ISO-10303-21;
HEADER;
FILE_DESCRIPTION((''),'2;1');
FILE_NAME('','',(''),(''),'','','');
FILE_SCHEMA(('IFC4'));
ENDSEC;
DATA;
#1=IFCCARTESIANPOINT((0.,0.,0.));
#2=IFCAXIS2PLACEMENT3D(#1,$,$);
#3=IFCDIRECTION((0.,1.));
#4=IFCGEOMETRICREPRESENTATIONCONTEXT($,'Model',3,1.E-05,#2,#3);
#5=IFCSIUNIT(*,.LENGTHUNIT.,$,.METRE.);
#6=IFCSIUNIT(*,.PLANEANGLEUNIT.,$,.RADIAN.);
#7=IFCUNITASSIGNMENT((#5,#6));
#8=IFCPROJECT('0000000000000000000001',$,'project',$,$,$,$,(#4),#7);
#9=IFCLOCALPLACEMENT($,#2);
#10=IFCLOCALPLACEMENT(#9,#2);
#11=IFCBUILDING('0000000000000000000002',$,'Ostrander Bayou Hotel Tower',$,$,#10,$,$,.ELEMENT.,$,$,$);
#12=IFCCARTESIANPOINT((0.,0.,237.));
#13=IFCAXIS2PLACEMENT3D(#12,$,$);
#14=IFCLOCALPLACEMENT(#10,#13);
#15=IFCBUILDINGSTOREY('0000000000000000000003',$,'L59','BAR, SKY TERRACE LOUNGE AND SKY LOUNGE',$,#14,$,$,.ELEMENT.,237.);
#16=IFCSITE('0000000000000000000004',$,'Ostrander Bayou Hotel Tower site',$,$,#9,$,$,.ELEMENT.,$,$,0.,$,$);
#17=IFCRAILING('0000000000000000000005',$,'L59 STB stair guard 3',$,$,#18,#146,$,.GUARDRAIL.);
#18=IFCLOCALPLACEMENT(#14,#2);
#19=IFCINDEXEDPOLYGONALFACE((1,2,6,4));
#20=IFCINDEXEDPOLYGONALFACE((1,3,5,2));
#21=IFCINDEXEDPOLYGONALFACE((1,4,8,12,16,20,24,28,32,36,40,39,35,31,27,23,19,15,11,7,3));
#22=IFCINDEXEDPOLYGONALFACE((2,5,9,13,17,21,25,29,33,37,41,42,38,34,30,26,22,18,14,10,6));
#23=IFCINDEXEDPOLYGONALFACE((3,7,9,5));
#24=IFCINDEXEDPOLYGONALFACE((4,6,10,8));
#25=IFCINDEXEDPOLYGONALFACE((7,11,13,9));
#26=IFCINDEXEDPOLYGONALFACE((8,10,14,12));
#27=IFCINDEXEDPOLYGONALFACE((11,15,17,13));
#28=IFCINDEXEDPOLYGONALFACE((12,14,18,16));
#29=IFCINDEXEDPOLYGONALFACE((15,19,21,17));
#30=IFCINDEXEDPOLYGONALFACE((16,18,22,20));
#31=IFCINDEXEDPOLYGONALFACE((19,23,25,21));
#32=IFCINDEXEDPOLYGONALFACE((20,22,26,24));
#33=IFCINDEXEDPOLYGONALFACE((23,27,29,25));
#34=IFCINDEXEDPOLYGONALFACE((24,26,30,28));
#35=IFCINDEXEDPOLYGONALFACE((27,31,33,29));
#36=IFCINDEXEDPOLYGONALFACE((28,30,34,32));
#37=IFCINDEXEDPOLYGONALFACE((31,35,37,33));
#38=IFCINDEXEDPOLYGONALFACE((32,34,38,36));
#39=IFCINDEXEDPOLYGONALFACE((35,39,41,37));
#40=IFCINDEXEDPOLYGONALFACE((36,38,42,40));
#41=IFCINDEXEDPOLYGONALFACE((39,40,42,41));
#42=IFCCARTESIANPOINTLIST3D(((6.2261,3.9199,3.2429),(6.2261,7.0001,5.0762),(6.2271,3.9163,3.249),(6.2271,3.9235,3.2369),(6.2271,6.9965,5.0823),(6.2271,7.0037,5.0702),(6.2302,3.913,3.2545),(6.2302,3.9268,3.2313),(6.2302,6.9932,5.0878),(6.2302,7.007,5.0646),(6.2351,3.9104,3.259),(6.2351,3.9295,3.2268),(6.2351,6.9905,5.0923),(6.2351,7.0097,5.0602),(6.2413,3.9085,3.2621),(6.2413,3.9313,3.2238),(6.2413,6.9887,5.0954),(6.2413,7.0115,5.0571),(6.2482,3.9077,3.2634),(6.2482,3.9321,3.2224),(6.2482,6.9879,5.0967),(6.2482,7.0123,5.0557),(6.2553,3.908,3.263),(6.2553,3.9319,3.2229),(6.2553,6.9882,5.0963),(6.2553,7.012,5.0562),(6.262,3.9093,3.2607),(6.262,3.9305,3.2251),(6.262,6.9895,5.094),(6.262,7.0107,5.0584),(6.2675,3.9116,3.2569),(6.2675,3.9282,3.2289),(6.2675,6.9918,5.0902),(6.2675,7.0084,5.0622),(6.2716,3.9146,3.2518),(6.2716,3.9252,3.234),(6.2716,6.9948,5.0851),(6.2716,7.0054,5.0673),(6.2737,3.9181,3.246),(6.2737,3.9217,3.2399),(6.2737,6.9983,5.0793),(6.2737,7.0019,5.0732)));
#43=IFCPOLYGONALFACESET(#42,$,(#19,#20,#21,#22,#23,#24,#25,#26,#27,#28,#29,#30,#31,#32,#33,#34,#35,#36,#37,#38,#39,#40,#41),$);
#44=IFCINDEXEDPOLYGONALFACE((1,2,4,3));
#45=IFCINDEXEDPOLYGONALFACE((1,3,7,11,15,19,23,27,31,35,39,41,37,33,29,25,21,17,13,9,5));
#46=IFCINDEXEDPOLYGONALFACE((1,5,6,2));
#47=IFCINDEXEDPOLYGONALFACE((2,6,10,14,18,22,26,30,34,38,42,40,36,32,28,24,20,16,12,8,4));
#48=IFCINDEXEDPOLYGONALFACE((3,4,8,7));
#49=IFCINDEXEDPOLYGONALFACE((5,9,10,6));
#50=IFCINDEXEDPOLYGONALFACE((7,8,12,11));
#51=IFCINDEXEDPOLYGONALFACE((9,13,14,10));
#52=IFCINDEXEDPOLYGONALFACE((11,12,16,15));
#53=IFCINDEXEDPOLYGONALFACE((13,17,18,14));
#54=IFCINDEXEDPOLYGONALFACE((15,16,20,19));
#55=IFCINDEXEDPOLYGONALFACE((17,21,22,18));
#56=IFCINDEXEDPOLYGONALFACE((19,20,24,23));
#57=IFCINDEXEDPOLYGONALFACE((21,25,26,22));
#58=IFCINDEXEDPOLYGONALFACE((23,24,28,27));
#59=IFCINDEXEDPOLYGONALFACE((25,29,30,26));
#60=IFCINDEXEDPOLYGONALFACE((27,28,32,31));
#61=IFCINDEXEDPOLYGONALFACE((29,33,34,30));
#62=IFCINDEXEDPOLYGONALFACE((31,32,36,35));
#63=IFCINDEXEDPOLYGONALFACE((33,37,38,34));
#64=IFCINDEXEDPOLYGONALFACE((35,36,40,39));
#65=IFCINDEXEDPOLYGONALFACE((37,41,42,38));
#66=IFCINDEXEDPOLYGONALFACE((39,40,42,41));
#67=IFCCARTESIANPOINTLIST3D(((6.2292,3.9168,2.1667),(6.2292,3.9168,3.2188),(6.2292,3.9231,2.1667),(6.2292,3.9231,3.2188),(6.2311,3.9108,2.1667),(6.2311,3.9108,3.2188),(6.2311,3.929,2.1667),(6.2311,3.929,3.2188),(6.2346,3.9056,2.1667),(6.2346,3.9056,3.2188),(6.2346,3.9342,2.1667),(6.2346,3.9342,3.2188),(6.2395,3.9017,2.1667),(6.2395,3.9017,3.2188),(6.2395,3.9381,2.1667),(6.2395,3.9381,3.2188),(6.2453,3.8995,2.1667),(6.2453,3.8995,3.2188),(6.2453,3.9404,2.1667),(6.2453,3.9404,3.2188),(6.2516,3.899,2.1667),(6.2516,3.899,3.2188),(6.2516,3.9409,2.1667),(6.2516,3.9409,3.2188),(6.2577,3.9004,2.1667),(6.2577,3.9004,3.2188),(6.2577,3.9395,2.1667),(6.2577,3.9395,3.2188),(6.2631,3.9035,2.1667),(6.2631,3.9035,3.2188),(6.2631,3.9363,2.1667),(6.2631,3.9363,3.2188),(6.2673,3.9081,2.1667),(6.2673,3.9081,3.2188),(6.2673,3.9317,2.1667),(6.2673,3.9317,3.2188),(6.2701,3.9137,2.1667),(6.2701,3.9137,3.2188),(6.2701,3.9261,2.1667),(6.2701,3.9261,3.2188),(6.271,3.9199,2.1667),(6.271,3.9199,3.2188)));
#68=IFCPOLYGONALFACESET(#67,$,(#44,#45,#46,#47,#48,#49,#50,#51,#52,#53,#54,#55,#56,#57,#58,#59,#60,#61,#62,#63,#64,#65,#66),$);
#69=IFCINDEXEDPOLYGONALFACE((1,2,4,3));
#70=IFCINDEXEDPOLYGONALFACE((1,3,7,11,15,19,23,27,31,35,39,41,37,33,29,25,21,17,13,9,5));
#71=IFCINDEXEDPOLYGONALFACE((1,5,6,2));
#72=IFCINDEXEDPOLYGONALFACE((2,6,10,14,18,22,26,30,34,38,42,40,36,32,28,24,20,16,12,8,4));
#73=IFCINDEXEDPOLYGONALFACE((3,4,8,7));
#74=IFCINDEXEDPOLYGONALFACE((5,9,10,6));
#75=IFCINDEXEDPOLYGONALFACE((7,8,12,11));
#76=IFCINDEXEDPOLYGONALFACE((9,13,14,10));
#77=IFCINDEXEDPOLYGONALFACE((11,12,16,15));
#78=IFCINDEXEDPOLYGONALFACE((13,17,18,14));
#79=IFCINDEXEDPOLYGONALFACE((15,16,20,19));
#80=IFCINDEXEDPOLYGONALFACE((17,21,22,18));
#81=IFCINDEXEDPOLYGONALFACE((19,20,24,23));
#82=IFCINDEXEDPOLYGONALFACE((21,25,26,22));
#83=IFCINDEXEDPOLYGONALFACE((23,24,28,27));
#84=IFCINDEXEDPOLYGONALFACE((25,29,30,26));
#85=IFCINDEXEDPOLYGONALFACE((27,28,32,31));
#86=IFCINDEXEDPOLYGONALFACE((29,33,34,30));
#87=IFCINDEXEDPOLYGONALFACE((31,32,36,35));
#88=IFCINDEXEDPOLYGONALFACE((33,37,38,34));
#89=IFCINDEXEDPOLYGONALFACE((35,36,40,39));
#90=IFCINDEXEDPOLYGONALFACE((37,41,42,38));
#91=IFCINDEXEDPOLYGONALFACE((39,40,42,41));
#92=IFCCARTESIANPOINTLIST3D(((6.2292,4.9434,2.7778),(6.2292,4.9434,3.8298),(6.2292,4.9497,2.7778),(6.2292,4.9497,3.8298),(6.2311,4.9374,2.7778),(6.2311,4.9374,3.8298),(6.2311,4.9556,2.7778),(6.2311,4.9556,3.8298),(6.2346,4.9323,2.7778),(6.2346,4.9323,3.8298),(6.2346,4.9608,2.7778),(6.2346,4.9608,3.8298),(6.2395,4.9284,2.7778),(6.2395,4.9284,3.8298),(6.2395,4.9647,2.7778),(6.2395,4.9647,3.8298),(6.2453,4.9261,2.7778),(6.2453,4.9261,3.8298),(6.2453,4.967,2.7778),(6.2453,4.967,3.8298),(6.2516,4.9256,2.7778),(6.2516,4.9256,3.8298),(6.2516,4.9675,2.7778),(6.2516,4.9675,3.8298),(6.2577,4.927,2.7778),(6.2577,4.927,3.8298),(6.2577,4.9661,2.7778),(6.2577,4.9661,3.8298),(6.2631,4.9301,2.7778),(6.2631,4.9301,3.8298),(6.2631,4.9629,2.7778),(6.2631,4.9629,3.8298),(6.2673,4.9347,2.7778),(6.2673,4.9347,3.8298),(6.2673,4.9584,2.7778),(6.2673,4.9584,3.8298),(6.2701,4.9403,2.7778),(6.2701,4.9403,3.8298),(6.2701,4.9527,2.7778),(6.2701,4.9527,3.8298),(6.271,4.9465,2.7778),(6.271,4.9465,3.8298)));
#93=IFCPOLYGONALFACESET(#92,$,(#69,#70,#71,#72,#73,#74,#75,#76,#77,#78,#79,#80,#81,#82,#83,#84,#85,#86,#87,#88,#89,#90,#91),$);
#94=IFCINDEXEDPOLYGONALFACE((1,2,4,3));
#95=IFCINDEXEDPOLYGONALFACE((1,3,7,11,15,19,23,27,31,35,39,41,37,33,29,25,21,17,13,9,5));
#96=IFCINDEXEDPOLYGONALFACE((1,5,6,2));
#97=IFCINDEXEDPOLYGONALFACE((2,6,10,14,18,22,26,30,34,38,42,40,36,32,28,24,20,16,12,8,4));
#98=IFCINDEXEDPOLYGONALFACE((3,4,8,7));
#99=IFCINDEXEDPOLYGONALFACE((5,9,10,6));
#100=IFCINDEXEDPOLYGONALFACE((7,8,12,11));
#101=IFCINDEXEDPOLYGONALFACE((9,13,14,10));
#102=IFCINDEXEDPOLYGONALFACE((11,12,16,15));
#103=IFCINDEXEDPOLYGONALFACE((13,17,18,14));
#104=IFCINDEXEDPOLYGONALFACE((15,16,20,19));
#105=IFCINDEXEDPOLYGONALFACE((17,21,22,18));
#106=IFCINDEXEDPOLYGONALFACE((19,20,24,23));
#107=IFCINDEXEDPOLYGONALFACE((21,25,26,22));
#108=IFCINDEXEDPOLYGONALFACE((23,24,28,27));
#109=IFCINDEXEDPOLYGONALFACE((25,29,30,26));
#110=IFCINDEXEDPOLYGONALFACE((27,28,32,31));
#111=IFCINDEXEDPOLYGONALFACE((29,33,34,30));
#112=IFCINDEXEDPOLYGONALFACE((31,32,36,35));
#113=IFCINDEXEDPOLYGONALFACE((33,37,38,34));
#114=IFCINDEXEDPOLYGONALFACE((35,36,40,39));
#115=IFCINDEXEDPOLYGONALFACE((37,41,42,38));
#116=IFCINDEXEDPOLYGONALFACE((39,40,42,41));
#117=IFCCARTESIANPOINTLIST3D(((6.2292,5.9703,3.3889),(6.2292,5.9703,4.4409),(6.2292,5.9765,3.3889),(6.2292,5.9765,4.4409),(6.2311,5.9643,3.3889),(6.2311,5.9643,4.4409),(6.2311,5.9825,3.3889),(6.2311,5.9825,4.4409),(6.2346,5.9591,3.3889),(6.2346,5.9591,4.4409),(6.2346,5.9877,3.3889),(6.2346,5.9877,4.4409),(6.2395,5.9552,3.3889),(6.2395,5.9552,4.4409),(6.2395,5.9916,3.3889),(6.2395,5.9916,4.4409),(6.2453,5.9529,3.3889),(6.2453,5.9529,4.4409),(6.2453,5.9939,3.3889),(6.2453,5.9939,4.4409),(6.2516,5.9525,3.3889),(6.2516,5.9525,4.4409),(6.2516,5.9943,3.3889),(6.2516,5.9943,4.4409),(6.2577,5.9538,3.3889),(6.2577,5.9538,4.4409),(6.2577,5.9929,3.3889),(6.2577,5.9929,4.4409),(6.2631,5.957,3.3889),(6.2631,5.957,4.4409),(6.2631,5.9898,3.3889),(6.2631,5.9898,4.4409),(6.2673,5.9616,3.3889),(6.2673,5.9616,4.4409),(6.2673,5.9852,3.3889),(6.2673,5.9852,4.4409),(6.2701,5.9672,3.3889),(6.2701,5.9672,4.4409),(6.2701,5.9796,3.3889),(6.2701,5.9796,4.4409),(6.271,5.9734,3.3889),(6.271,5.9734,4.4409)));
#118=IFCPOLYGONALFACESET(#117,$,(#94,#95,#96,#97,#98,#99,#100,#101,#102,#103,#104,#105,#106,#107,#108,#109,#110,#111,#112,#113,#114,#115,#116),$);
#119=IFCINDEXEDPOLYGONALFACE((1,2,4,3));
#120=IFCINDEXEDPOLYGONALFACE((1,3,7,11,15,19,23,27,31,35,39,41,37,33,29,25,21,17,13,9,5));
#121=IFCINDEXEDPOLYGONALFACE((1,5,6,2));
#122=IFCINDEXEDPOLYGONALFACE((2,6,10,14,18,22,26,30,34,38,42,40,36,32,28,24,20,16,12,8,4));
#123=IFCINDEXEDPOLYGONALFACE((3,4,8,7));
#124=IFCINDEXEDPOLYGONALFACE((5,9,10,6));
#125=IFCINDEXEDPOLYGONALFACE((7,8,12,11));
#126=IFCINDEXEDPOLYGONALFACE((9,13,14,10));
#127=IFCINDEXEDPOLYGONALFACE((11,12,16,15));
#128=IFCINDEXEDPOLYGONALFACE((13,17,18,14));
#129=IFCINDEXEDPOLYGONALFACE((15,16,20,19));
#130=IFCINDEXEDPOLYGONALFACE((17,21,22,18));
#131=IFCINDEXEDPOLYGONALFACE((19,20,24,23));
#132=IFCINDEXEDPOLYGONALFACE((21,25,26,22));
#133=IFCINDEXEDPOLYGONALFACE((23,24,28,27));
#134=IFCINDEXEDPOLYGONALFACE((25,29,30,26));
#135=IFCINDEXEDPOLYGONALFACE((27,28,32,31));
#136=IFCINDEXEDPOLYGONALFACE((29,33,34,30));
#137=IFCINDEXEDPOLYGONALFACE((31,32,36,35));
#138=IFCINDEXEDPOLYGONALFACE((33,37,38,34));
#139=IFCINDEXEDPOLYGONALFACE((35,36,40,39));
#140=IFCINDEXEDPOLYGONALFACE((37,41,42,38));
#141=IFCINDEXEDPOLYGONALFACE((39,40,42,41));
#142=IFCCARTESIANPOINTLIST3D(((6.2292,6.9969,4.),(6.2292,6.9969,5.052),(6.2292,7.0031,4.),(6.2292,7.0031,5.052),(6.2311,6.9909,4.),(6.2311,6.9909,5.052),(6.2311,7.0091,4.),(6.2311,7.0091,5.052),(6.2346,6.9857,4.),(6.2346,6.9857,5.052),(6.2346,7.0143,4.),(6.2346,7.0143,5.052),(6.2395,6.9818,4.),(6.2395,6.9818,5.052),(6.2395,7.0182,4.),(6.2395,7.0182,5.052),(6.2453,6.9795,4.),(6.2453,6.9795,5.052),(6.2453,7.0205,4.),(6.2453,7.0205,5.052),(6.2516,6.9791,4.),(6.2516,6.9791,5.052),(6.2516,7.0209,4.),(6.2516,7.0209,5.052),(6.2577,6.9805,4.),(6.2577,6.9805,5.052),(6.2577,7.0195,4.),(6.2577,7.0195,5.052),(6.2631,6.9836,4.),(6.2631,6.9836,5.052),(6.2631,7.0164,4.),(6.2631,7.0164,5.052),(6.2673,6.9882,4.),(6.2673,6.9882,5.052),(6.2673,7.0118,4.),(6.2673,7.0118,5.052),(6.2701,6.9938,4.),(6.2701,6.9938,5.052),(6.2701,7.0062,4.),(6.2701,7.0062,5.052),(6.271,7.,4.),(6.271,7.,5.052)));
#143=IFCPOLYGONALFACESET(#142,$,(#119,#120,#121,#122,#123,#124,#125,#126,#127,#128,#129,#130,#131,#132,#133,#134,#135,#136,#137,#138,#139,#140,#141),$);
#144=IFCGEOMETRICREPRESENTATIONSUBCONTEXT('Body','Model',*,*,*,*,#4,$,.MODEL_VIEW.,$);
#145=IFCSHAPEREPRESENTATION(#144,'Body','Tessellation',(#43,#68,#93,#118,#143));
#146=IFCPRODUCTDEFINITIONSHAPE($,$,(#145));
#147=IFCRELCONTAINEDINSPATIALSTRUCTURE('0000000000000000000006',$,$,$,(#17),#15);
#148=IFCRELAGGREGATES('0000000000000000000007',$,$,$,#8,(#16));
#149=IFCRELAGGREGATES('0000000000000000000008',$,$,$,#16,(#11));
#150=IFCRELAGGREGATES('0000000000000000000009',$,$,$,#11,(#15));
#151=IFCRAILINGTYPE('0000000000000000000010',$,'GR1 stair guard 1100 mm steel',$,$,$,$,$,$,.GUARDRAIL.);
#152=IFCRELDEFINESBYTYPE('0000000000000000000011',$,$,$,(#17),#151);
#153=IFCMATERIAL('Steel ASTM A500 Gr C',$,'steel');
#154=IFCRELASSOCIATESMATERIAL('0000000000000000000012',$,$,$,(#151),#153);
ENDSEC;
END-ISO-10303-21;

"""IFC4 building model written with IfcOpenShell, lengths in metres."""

from ifc_helpers import new_model, si_unit, direction, frame, origin, origin_2d, place, context, subcontext, project, spatial, circle, extrude, material, type_object, element, save


model = new_model("IFC4")

# Units and contexts
model_context = context("Model", 3, precision=1e-05, world=origin(), true_north=direction((0.0, 1.0)))
body_context = subcontext(model_context, "Body", "Model", "MODEL_VIEW")
ifc_project = project(units=[si_unit("LENGTHUNIT", "METRE"), si_unit("PLANEANGLEUNIT", "RADIAN")], contexts=[model_context])

# Site, building, storey
site_placement = place(None, origin())
site = spatial("IfcSite", under=ifc_project, at=site_placement, Name="Ostrander Bayou Hotel Tower site", CompositionType="ELEMENT", RefElevation=0.0)
building_placement = place(site_placement, origin())
building = spatial("IfcBuilding", under=site, at=building_placement, Name="Ostrander Bayou Hotel Tower", CompositionType="ELEMENT")
storey_placement = place(building_placement, frame((0.0, 0.0, 237.0)))
storey = spatial("IfcBuildingStorey", under=building, at=storey_placement, Name="L59", Description="BAR, SKY TERRACE LOUNGE AND SKY LOUNGE", CompositionType="ELEMENT", Elevation=237.0)

# Railing
ifc_material_1 = material(Name="Steel ASTM A500 Gr C", Category="steel")
railing_type_1 = type_object("IfcRailingType", Name="GR1 stair guard 1100 mm steel", PredefinedType="GUARDRAIL", material=ifc_material_1)
railing_1_placement = place(storey_placement, frame((6.25, 3.9199, 2.1667)))
element("IfcRailing", 1, at=railing_1_placement, inside=storey, type_object=railing_type_1, Name="L59 STB stair guard 3", PredefinedType="GUARDRAIL", context=body_context, shape_type="SweptSolid", body=[
    extrude(circle(Radius=0.0239, at=origin_2d()), frame((0.0, 0.0, 1.0762), z_axis=(0.0, 0.859309, 0.511458), x_axis=(-1.0, 0.0, 0.0)), (0.0, 0.0, 1.0), 3.5845),
    extrude(circle(Radius=0.021, at=origin_2d()), origin(), (0.0, 0.0, 1.0), 1.052),
    extrude(circle(Radius=0.021, at=origin_2d()), frame((0.0, 1.0266, 0.6111)), (0.0, 0.0, 1.0), 1.052),
    extrude(circle(Radius=0.021, at=origin_2d()), frame((0.0, 2.0535, 1.2222)), (0.0, 0.0, 1.0), 1.052),
    extrude(circle(Radius=0.021, at=origin_2d()), frame((0.0, 3.0801, 1.8333)), (0.0, 0.0, 1.0), 1.052),
])

save(model, "model.ifc")
